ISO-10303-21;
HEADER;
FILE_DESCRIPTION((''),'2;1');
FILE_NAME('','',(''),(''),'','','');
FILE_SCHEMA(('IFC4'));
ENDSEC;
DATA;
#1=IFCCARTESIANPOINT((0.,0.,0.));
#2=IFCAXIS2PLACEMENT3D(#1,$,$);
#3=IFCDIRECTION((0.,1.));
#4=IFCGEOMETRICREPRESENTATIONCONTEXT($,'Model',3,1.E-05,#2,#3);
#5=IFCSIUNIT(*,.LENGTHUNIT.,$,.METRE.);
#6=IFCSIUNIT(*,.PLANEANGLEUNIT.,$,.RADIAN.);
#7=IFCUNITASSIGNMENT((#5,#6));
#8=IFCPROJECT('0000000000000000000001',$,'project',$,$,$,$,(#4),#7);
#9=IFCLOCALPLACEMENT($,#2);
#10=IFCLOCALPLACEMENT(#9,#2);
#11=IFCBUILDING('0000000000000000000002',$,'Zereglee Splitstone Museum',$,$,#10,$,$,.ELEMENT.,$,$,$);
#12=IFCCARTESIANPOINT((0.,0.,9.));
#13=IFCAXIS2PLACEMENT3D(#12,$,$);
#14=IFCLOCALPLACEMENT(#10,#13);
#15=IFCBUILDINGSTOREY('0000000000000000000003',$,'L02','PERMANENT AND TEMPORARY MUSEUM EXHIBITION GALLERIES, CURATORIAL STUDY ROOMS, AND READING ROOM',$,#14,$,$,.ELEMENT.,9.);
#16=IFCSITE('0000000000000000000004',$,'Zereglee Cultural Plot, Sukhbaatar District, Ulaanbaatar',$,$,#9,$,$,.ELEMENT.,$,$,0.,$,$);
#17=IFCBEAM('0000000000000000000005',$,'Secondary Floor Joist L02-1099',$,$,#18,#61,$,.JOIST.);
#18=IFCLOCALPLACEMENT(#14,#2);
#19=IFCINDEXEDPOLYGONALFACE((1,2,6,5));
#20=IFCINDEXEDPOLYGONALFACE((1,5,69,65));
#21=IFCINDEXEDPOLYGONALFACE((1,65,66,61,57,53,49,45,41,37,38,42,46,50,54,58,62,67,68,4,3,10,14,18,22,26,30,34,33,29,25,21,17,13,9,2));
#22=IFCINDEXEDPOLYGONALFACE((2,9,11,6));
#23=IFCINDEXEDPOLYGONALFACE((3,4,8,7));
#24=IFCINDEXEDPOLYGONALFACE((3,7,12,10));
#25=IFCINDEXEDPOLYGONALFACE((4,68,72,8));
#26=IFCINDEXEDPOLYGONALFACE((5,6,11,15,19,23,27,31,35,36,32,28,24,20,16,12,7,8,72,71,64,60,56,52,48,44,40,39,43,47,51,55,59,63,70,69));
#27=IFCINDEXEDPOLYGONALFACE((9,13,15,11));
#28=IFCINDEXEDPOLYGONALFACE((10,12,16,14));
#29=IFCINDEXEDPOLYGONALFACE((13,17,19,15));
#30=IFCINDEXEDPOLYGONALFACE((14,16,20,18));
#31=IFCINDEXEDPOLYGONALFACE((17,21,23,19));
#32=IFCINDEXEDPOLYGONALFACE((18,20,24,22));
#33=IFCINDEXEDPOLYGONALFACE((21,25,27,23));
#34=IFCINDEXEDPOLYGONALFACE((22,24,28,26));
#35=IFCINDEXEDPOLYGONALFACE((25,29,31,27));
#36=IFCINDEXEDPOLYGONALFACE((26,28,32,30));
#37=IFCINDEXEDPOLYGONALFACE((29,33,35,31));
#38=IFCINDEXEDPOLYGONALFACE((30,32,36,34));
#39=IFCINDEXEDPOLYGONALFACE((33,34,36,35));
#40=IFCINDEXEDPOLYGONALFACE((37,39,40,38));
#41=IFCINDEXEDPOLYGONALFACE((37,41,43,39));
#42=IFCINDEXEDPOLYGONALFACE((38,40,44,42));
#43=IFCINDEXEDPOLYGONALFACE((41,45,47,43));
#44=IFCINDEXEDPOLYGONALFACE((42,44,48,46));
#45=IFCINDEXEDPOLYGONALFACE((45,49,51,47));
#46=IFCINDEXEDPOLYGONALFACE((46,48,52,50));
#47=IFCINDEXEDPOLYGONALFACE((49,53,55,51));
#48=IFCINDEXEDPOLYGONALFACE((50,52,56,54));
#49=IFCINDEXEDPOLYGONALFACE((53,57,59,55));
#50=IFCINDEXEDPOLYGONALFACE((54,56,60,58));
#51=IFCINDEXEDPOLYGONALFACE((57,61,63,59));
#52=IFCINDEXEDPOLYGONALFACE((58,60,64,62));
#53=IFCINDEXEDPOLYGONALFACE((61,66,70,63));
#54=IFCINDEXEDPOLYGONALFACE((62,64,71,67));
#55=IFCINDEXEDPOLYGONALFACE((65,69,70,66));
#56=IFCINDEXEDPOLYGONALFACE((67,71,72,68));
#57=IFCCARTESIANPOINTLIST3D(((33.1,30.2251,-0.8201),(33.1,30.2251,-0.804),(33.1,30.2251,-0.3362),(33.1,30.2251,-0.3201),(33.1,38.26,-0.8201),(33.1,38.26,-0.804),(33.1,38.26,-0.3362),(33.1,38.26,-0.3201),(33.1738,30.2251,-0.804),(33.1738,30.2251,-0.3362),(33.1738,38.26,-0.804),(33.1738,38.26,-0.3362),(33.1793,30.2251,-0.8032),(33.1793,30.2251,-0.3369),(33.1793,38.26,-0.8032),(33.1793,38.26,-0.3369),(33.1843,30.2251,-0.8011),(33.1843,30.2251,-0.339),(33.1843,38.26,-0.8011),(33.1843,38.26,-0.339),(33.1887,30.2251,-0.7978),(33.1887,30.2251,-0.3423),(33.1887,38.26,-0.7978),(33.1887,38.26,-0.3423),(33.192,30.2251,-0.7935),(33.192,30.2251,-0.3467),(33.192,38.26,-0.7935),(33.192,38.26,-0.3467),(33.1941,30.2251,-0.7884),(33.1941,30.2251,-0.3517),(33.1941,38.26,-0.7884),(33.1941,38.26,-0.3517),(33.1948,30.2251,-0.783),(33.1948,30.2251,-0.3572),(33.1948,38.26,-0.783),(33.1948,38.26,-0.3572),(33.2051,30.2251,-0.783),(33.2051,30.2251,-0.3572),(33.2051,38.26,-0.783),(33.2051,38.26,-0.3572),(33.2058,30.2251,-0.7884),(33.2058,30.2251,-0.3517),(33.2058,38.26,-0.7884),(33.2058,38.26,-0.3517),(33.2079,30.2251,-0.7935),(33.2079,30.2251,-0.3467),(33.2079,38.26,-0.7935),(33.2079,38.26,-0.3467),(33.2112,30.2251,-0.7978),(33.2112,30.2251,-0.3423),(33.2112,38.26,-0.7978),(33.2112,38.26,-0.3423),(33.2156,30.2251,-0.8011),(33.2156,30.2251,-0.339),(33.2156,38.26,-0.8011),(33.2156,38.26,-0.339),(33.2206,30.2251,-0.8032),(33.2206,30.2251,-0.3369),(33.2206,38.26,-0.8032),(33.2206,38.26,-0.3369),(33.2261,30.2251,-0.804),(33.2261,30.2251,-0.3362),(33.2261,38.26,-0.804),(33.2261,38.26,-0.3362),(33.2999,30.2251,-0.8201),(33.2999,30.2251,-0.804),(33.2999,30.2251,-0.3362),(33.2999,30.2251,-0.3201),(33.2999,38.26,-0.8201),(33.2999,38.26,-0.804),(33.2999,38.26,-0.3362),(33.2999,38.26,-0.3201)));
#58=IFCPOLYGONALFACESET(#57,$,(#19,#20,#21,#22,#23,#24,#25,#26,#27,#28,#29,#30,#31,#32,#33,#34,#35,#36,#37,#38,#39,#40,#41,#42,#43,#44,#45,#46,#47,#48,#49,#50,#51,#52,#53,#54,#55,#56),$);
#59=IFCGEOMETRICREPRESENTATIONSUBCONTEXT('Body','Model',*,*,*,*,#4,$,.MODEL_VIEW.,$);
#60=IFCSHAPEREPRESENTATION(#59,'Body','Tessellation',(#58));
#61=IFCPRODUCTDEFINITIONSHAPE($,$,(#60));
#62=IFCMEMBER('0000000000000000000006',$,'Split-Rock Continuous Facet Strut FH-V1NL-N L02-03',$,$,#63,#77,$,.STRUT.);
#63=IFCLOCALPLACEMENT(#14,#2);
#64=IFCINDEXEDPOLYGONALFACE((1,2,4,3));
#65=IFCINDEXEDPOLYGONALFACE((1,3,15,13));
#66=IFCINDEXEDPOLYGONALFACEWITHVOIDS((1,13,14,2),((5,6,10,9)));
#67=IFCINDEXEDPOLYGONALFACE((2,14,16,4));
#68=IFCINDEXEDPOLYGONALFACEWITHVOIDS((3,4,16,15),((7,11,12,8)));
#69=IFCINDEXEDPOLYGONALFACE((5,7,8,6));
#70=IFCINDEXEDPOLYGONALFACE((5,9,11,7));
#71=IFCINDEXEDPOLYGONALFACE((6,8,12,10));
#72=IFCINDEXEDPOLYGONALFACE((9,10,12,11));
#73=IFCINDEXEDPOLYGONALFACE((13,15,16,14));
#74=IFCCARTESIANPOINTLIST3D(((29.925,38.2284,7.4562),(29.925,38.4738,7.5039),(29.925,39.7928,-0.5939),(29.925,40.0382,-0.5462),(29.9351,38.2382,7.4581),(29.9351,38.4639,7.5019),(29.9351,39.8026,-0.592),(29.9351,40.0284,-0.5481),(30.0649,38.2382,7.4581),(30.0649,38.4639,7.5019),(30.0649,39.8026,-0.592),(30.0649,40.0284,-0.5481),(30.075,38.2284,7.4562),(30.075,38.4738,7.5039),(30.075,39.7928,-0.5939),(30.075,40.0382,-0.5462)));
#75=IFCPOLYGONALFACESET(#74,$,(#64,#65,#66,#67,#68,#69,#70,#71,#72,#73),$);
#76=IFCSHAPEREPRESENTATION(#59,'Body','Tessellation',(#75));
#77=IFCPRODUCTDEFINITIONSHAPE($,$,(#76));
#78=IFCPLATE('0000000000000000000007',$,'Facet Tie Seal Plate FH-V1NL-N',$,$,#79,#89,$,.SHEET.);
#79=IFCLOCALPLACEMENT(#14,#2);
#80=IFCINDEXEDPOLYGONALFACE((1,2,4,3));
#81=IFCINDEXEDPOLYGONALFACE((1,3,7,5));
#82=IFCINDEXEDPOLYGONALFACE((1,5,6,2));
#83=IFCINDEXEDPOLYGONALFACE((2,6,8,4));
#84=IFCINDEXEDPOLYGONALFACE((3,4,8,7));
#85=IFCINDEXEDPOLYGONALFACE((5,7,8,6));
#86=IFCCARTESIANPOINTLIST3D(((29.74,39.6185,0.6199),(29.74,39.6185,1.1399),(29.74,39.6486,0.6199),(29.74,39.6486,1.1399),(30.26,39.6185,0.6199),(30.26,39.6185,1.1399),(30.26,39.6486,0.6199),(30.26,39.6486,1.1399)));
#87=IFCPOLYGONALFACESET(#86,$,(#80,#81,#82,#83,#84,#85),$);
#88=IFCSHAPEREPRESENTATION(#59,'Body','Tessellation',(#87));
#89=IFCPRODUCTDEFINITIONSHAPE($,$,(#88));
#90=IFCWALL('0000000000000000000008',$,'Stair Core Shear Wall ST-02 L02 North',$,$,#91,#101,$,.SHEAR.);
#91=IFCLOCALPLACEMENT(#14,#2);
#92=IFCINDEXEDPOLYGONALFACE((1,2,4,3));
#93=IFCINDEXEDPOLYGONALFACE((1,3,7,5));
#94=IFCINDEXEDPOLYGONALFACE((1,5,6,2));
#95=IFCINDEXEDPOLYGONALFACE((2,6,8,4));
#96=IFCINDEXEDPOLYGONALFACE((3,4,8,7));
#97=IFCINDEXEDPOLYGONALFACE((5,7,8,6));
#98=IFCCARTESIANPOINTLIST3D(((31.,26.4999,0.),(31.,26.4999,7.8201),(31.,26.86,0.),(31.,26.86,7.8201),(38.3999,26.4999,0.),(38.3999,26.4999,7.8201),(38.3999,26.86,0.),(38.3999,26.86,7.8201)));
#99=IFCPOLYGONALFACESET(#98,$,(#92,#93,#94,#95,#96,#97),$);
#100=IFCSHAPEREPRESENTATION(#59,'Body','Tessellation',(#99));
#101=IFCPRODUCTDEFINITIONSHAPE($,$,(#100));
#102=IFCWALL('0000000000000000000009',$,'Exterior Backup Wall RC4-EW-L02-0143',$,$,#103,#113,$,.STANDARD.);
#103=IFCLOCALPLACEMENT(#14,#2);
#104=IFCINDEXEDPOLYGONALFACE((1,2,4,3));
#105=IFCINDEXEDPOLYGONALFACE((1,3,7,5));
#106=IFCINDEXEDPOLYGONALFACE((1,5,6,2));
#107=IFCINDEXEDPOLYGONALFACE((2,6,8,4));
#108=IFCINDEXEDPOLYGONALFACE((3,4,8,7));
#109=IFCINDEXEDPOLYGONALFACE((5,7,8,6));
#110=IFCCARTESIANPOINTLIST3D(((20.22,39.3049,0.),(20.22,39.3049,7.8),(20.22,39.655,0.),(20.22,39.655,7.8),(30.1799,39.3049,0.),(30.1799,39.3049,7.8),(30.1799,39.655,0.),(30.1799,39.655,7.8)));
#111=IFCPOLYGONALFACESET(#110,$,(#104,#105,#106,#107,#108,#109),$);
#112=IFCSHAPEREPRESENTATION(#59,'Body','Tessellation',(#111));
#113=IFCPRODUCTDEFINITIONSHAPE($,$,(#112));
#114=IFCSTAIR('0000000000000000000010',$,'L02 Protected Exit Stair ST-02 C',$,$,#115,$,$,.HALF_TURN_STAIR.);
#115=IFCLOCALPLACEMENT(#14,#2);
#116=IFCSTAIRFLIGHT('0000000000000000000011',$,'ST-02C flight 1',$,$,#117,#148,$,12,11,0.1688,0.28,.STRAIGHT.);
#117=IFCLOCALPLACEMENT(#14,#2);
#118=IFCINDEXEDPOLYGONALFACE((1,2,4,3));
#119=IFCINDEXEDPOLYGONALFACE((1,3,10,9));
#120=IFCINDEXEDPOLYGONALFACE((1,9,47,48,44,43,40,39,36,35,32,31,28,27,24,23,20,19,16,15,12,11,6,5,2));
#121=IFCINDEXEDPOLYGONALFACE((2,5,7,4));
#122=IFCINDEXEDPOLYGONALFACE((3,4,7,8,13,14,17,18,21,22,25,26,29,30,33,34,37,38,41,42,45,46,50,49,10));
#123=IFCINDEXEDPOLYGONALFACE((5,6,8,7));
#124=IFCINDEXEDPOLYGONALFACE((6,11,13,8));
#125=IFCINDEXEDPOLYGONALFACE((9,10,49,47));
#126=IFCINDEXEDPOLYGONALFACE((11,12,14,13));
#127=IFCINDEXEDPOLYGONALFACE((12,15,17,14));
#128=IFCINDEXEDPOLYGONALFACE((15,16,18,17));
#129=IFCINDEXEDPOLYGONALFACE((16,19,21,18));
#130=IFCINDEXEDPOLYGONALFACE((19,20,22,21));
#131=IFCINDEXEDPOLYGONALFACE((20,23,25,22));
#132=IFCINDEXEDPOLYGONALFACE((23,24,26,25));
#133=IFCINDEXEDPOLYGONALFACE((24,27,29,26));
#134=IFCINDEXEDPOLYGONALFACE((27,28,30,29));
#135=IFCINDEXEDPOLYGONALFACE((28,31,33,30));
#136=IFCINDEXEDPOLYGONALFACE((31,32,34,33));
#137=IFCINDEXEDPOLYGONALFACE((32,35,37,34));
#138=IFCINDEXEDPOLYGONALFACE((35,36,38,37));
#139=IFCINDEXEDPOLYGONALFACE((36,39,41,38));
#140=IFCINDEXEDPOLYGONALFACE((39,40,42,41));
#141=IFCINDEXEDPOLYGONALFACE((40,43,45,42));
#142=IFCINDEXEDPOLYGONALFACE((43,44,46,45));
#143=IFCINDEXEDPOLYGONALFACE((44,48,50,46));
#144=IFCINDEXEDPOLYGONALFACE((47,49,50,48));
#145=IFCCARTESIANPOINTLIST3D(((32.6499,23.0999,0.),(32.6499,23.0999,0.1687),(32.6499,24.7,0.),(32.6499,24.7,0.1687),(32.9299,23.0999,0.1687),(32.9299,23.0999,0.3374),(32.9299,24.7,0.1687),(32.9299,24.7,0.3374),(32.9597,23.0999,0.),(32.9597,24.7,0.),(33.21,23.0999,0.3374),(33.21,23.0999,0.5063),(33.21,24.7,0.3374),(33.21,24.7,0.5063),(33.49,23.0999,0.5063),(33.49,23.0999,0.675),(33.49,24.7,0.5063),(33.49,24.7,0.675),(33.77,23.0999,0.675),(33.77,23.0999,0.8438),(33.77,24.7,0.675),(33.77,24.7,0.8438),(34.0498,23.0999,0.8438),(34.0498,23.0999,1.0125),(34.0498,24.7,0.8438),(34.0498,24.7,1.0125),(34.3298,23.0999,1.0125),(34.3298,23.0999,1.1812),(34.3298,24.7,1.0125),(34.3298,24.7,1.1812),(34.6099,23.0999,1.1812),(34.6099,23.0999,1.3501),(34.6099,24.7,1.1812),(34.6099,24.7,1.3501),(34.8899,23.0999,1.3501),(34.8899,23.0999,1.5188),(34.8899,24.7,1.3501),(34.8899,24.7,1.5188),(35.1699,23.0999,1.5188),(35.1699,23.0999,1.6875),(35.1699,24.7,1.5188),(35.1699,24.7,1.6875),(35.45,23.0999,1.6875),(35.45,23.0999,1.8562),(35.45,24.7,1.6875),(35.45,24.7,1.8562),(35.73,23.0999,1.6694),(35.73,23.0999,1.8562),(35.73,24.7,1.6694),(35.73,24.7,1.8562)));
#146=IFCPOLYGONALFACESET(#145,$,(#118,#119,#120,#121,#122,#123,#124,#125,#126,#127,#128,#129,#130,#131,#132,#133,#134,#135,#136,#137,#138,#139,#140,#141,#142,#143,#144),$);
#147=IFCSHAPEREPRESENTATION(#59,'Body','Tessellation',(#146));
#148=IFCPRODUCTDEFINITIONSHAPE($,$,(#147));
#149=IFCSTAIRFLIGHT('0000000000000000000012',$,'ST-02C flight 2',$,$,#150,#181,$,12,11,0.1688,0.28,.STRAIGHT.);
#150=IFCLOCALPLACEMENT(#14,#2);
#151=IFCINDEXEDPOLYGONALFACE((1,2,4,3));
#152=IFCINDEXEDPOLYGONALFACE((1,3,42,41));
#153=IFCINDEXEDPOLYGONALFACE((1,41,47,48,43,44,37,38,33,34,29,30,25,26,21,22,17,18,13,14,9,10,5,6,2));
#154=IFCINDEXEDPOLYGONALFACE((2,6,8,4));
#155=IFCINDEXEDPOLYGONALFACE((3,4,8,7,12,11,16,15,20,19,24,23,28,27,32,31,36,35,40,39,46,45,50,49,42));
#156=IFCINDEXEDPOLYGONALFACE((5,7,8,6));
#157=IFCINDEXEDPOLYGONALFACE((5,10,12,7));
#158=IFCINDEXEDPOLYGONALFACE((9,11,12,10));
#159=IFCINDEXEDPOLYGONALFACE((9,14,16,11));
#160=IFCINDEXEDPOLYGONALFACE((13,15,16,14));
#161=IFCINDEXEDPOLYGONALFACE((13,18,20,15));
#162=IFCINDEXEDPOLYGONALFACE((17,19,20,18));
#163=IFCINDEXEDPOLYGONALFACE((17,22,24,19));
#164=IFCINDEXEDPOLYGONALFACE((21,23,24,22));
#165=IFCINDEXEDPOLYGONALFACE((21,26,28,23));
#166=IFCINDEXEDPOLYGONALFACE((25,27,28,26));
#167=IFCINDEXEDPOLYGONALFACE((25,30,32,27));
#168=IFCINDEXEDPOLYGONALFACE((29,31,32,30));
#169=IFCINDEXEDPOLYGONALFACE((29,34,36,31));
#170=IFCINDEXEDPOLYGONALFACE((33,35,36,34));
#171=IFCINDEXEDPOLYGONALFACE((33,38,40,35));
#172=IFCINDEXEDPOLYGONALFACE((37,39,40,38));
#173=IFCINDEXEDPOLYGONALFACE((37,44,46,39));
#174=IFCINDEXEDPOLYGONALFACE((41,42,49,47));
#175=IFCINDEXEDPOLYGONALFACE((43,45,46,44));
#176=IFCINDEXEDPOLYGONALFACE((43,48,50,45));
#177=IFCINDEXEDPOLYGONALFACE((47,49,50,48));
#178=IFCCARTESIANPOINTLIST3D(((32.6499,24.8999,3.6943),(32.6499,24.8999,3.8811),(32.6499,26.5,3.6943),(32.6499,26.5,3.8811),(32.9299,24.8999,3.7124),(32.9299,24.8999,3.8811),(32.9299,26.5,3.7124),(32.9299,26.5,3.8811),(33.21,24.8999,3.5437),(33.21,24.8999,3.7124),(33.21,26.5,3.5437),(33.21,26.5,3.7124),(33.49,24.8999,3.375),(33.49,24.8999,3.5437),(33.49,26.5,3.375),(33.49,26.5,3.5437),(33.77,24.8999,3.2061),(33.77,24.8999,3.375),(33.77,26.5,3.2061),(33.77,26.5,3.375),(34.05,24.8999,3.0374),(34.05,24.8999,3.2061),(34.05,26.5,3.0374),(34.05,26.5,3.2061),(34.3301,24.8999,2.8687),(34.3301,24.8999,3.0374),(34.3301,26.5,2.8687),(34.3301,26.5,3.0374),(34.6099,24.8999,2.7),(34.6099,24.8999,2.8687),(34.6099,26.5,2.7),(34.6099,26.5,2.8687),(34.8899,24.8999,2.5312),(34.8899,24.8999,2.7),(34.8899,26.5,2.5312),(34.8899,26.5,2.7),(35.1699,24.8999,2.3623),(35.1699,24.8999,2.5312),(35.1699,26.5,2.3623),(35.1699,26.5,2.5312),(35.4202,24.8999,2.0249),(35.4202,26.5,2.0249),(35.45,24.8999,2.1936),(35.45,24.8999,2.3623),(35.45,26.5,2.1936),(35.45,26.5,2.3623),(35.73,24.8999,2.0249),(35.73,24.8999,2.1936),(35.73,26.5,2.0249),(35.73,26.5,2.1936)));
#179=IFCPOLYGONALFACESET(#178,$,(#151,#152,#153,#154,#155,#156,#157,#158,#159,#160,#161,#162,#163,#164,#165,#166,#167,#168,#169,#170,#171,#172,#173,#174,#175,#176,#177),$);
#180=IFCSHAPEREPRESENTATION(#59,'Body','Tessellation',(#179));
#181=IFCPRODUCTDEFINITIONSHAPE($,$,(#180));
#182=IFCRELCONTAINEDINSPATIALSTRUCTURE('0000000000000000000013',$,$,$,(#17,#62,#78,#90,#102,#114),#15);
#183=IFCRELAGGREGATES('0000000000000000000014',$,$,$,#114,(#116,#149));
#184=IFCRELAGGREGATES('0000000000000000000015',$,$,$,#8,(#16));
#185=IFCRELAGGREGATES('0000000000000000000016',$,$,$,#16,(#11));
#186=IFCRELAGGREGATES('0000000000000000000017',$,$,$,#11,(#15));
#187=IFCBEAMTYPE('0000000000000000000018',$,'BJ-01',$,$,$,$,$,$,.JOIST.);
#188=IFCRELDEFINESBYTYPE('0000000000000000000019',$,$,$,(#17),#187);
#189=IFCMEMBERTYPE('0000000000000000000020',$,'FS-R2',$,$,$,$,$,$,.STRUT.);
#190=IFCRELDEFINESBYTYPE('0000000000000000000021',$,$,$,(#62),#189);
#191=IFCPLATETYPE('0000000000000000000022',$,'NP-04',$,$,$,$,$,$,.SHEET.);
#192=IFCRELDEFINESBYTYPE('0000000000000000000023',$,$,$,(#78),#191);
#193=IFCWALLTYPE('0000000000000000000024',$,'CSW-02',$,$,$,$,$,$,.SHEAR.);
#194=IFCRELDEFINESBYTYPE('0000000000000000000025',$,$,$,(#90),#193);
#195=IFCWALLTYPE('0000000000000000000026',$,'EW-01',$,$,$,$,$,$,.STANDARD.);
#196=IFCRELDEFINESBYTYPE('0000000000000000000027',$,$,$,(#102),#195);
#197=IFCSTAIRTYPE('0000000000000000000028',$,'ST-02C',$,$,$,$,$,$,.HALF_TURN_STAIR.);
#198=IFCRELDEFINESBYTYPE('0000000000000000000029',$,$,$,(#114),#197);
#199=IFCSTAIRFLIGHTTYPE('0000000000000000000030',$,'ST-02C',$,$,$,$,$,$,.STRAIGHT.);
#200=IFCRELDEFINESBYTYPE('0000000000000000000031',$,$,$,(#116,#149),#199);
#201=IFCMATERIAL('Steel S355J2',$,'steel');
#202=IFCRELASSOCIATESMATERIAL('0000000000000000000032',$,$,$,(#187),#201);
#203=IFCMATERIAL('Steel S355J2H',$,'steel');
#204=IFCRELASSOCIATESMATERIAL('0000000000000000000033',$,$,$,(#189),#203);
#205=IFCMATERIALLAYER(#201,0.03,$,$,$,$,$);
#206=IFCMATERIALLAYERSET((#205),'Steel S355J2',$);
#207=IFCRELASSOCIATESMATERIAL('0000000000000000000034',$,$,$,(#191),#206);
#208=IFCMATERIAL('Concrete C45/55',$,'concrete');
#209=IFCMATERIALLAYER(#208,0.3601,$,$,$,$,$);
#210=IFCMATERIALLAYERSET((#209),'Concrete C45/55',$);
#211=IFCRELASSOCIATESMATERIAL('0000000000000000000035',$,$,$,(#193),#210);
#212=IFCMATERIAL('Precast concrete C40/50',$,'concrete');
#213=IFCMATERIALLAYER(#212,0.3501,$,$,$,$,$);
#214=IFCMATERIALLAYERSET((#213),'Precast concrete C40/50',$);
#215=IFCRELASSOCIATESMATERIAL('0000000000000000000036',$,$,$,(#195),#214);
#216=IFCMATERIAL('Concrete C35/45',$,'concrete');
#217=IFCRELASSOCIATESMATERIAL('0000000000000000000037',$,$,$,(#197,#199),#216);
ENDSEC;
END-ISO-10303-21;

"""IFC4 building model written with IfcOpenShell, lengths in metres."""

from ifc_helpers import new_model, si_unit, direction, frame, frame_2d, origin, origin_2d, place, context, subcontext, project, spatial, polyline, rectangle, hollow_rectangle, i_section, outline, extrude, material, layer, layer_set, material_profile, profile_set, type_object, element, aggregate, save


model = new_model("IFC4")

# Units and contexts
model_context = context("Model", 3, precision=1e-05, world=origin(), true_north=direction((0.0, 1.0)))
body_context = subcontext(model_context, "Body", "Model", "MODEL_VIEW")
ifc_project = project(units=[si_unit("LENGTHUNIT", "METRE"), si_unit("PLANEANGLEUNIT", "RADIAN")], contexts=[model_context])

# Site, building, storey
site_placement = place(None, origin())
site = spatial("IfcSite", under=ifc_project, at=site_placement, Name="Zereglee Cultural Plot, Sukhbaatar District, Ulaanbaatar", CompositionType="ELEMENT", RefElevation=0.0)
building_placement = place(site_placement, origin())
building = spatial("IfcBuilding", under=site, at=building_placement, Name="Zereglee Splitstone Museum", CompositionType="ELEMENT")
storey_placement = place(building_placement, frame((0.0, 0.0, 9.0)))
storey = spatial("IfcBuildingStorey", under=building, at=storey_placement, Name="L02", Description="PERMANENT AND TEMPORARY MUSEUM EXHIBITION GALLERIES, CURATORIAL STUDY ROOMS, AND READING ROOM", CompositionType="ELEMENT", Elevation=9.0)

# Shared definitions
ifc_material_1 = material(Name="Steel S355J2", Category="steel")

# Beam
ifc_material_profile_1 = material_profile(ifc_material_1, i_section(OverallWidth=0.2, OverallDepth=0.5, WebThickness=0.0103, FlangeThickness=0.0161, FilletRadius=0.021, at=origin_2d()), Name="IPE 500")
ifc_profile_set_1 = profile_set([ifc_material_profile_1], Name="Steel S355J2")
beam_type_1 = type_object("IfcBeamType", Name="BJ-01", PredefinedType="JOIST", material=ifc_profile_set_1)
beam_1_placement = place(storey_placement, frame((33.2, 30.2251, -0.5701), z_axis=(0.0, 1.0, 0.0), x_axis=(-1.0, 0.0, 0.0)))
element("IfcBeam", 1, at=beam_1_placement, inside=storey, type_object=beam_type_1, Name="Secondary Floor Joist L02-1099", PredefinedType="JOIST", context=body_context, shape_type="SweptSolid", body=[
    extrude(i_section(OverallWidth=0.2, OverallDepth=0.5, WebThickness=0.0103, FlangeThickness=0.0161, FilletRadius=0.021, at=origin_2d()), origin(), (0.0, 0.0, 1.0), 8.0349),
])

# Member
ifc_material_2 = material(Name="Steel S355J2H", Category="steel")
ifc_material_profile_2 = material_profile(ifc_material_2, hollow_rectangle(XDim=0.1499, YDim=0.25, WallThickness=0.01, at=origin_2d()), Name="RHS 250x150x10")
ifc_profile_set_2 = profile_set([ifc_material_profile_2], Name="Steel S355J2H")
member_type = type_object("IfcMemberType", Name="FS-R2", PredefinedType="STRUT", material=ifc_profile_set_2)
member_placement = place(storey_placement, frame((30.0, 39.9155, -0.5701), z_axis=(0.0, -0.190772, 0.981634), x_axis=(1.0, 0.0, 0.0)))
element("IfcMember", 2, at=member_placement, inside=storey, type_object=member_type, Name="Split-Rock Continuous Facet Strut FH-V1NL-N L02-03", PredefinedType="STRUT", context=body_context, shape_type="SweptSolid", body=[
    extrude(hollow_rectangle(XDim=0.1499, YDim=0.25, WallThickness=0.01, at=origin_2d()), origin(), (0.0, 0.0, 1.0), 8.2007),
])

# Plate
ifc_layer_1 = layer(ifc_material_1, 0.03)
ifc_layer_set_1 = layer_set([ifc_layer_1], Name="Steel S355J2")
plate_type = type_object("IfcPlateType", Name="NP-04", PredefinedType="SHEET", material=ifc_layer_set_1)
plate_placement = place(storey_placement, frame((30.0, 39.6335, 0.6199), z_axis=(0.0, 0.0, 1.0), x_axis=(1.0, 0.0, 0.0)))
element("IfcPlate", 3, at=plate_placement, inside=storey, type_object=plate_type, Name="Facet Tie Seal Plate FH-V1NL-N", PredefinedType="SHEET", context=body_context, shape_type="SweptSolid", body=[
    extrude(rectangle(XDim=0.52, YDim=0.03, at=origin_2d()), origin(), (0.0, 0.0, 1.0), 0.52),
])

# Walls
ifc_material_3 = material(Name="Concrete C45/55", Category="concrete")
ifc_layer_2 = layer(ifc_material_3, 0.3601)
ifc_layer_set_2 = layer_set([ifc_layer_2], Name="Concrete C45/55")
wall_type_1 = type_object("IfcWallType", Name="CSW-02", PredefinedType="SHEAR", material=ifc_layer_set_2)
wall_1_placement = place(storey_placement, frame((31.0, 26.6799, 0.0), z_axis=(0.0, 0.0, 1.0), x_axis=(1.0, 0.0, 0.0)))
element("IfcWall", 4, at=wall_1_placement, inside=storey, type_object=wall_type_1, Name="Stair Core Shear Wall ST-02 L02 North", PredefinedType="SHEAR", context=body_context, shape_type="SweptSolid", body=[
    extrude(rectangle(XDim=7.3999, YDim=0.3601, at=frame_2d((3.7, 0.0))), origin(), (0.0, 0.0, 1.0), 7.8201),
])
ifc_material_4 = material(Name="Precast concrete C40/50", Category="concrete")
ifc_layer_3 = layer(ifc_material_4, 0.3501)
ifc_layer_set_3 = layer_set([ifc_layer_3], Name="Precast concrete C40/50")
wall_type_2 = type_object("IfcWallType", Name="EW-01", PredefinedType="STANDARD", material=ifc_layer_set_3)
wall_2_placement = place(storey_placement, frame((30.1799, 39.48, 0.0), z_axis=(0.0, 0.0, 1.0), x_axis=(-1.0, 0.0, 0.0)))
element("IfcWall", 5, at=wall_2_placement, inside=storey, type_object=wall_type_2, Name="Exterior Backup Wall RC4-EW-L02-0143", PredefinedType="STANDARD", context=body_context, shape_type="SweptSolid", body=[
    extrude(rectangle(XDim=9.96, YDim=0.3501, at=frame_2d((4.98, 0.0))), origin(), (0.0, 0.0, 1.0), 7.8),
])

# Stair, stair flights
ifc_material_5 = material(Name="Concrete C35/45", Category="concrete")
stair_type = type_object("IfcStairType", Name="ST-02C", PredefinedType="HALF_TURN_STAIR", material=ifc_material_5)
stair_placement = place(storey_placement, origin())
stair = element("IfcStair", 6, at=stair_placement, inside=storey, type_object=stair_type, Name="L02 Protected Exit Stair ST-02 C", PredefinedType="HALF_TURN_STAIR")
stair_flight_type = type_object("IfcStairFlightType", Name="ST-02C", PredefinedType="STRAIGHT", material=ifc_material_5)
stair_flight_1_placement = place(storey_placement, frame((32.6499, 23.8999, 0.0), z_axis=(0.0, 0.0, 1.0), x_axis=(1.0, 0.0, 0.0)))
stair_flight_1 = element("IfcStairFlight", 7, at=stair_flight_1_placement, type_object=stair_flight_type, Name="ST-02C flight 1", NumberOfRisers=12, NumberOfTreads=11, PredefinedType="STRAIGHT", RiserHeight=0.1688, TreadLength=0.28, context=body_context, shape_type="SweptSolid", body=[
    extrude(outline(polyline([(0.0, 0.0), (0.0, 0.1687), (0.28, 0.1687), (0.28, 0.3374), (0.5601, 0.3374), (0.5601, 0.5063), (0.8401, 0.5063), (0.8401, 0.675), (1.1201, 0.675), (1.1201, 0.8438), (1.3999, 0.8438), (1.3999, 1.0125), (1.6799, 1.0125), (1.6799, 1.1812), (1.96, 1.1812), (1.96, 1.3501), (2.24, 1.3501), (2.24, 1.5188), (2.52, 1.5188), (2.52, 1.6875), (2.8, 1.6875), (2.8, 1.8562), (3.0801, 1.8562), (3.0801, 2.0249), (3.0801, 1.6694), (0.3098, 0.0), (0.0, 0.0)])), frame((0.0, 0.8, 0.0), z_axis=(0.0, -1.0, 0.0), x_axis=(1.0, 0.0, 0.0)), (0.0, 0.0, 1.0), 1.6001),
])
stair_flight_2_placement = place(storey_placement, frame((35.73, 25.7, 2.0249), z_axis=(0.0, 0.0, 1.0), x_axis=(-1.0, 0.0, 0.0)))
stair_flight_2 = element("IfcStairFlight", 8, at=stair_flight_2_placement, type_object=stair_flight_type, Name="ST-02C flight 2", NumberOfRisers=12, NumberOfTreads=11, PredefinedType="STRAIGHT", RiserHeight=0.1688, TreadLength=0.28, context=body_context, shape_type="SweptSolid", body=[
    extrude(outline(polyline([(0.0, 0.0), (0.0, 0.1687), (0.28, 0.1687), (0.28, 0.3374), (0.5601, 0.3374), (0.5601, 0.5063), (0.8401, 0.5063), (0.8401, 0.675), (1.1201, 0.675), (1.1201, 0.8438), (1.3999, 0.8438), (1.3999, 1.0125), (1.6799, 1.0125), (1.6799, 1.1812), (1.96, 1.1812), (1.96, 1.3501), (2.24, 1.3501), (2.24, 1.5188), (2.52, 1.5188), (2.52, 1.6875), (2.8, 1.6875), (2.8, 1.8562), (3.0801, 1.8562), (3.0801, 2.0249), (3.0801, 1.6694), (0.3098, 0.0), (0.0, 0.0)])), frame((0.0, 0.8, 0.0), z_axis=(0.0, -1.0, 0.0), x_axis=(1.0, 0.0, 0.0)), (0.0, 0.0, 1.0), 1.6001),
])
aggregate(stair, [stair_flight_1, stair_flight_2])

save(model, "model.ifc")
